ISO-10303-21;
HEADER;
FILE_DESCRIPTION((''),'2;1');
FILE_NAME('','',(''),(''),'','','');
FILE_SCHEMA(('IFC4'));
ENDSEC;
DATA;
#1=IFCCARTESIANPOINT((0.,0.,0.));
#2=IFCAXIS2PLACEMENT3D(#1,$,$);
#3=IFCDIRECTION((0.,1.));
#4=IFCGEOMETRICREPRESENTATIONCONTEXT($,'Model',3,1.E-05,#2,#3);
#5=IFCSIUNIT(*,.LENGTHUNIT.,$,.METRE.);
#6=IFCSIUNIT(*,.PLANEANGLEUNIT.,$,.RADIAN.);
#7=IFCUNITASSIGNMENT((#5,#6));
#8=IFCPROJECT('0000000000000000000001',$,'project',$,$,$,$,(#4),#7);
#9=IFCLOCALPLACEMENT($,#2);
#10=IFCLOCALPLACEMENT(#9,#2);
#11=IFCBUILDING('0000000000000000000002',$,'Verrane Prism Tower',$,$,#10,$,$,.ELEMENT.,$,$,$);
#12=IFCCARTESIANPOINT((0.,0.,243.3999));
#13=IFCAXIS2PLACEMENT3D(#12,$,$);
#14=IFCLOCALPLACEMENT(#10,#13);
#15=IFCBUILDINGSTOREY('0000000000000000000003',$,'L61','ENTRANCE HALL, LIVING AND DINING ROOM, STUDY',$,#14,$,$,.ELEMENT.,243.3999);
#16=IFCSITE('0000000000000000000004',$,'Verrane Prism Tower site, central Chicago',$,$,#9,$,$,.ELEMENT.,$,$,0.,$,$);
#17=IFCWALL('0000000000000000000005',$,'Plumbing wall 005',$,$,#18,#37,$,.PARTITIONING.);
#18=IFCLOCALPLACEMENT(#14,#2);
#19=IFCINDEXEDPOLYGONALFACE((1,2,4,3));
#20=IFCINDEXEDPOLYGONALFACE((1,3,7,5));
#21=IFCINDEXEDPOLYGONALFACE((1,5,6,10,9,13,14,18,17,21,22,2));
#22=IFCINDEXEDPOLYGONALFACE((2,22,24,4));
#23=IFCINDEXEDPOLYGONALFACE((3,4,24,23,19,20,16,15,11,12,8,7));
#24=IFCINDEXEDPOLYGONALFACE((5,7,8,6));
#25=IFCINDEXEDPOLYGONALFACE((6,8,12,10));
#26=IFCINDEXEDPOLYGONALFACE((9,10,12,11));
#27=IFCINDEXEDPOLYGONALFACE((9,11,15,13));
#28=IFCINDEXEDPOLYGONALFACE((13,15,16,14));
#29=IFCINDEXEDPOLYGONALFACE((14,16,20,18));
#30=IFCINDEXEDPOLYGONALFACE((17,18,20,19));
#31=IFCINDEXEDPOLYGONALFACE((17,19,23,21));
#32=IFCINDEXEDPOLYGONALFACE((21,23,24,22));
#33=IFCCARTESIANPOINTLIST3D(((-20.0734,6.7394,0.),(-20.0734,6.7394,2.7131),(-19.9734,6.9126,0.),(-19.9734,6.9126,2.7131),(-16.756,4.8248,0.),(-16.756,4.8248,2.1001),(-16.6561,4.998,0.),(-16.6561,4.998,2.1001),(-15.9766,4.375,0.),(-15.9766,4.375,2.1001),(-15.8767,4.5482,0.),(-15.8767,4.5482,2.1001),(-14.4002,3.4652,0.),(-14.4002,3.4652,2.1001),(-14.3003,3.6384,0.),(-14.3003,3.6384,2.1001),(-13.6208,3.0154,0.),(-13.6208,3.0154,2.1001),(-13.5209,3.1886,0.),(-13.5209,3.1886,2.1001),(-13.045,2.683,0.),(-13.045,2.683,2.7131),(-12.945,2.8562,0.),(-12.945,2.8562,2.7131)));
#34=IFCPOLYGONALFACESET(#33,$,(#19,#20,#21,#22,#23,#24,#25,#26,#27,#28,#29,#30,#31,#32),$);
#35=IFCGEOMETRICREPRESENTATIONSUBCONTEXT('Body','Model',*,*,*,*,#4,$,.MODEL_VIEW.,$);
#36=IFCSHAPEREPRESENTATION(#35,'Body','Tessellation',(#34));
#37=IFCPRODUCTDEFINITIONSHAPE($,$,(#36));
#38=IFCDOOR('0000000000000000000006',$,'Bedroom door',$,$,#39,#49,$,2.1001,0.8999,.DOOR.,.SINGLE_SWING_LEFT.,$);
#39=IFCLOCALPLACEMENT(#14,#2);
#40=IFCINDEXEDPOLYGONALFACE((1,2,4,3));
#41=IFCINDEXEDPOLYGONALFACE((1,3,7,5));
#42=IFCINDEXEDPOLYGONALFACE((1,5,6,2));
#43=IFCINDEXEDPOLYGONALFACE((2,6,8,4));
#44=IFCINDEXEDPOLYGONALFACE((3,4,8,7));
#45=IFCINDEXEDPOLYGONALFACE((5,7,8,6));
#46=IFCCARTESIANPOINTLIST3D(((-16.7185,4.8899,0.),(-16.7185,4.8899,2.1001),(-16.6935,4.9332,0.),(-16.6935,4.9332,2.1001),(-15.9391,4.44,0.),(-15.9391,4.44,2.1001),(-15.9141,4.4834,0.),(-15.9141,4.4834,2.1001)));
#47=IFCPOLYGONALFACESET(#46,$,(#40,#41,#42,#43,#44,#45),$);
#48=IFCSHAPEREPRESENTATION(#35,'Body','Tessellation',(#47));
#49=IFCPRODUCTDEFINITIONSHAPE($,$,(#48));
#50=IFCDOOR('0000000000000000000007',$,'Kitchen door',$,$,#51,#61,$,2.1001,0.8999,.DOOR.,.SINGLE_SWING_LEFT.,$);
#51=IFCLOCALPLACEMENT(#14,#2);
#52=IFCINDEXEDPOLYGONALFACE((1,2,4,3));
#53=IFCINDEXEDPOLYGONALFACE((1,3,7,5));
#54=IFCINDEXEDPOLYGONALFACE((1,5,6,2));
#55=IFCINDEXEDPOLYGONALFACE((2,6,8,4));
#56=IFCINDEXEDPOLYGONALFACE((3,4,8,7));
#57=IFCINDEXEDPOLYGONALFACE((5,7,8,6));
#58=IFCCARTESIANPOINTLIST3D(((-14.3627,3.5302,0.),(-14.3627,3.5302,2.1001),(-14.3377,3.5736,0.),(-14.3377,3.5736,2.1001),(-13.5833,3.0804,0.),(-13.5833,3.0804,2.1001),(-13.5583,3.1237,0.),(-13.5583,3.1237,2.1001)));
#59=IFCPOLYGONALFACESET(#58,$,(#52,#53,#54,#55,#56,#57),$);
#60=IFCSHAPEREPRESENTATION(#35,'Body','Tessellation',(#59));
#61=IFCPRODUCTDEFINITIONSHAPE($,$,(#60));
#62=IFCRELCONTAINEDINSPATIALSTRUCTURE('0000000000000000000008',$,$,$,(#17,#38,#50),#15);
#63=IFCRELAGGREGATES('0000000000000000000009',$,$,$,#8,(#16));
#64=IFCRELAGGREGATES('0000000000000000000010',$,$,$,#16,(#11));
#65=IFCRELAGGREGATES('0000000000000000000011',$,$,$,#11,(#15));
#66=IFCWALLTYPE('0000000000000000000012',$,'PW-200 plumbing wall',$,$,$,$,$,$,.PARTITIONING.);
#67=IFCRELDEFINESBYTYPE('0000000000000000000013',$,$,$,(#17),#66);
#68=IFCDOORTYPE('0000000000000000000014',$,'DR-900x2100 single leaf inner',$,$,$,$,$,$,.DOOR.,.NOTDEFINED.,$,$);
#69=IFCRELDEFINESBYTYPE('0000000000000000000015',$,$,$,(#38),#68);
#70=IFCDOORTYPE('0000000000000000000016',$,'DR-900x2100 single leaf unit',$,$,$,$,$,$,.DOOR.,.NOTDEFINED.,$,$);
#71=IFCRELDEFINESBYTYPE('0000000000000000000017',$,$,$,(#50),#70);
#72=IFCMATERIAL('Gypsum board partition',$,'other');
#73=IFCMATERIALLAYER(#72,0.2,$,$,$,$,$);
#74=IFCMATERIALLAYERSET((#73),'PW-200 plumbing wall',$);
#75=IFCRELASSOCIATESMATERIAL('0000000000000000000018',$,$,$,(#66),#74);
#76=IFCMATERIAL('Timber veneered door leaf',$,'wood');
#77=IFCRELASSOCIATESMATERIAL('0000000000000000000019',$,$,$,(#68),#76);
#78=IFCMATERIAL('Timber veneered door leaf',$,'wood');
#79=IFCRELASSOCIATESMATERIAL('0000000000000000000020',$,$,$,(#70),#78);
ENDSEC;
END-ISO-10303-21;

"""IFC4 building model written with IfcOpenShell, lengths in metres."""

from ifc_helpers import new_model, si_unit, direction, frame, frame_2d, origin, place, context, subcontext, project, spatial, rectangle, extrude, material, layer, layer_set, type_object, element, fill, save


model = new_model("IFC4")

# Units and contexts
model_context = context("Model", 3, precision=1e-05, world=origin(), true_north=direction((0.0, 1.0)))
body_context = subcontext(model_context, "Body", "Model", "MODEL_VIEW")
ifc_project = project(units=[si_unit("LENGTHUNIT", "METRE"), si_unit("PLANEANGLEUNIT", "RADIAN")], contexts=[model_context])

# Site, building, storey
site_placement = place(None, origin())
site = spatial("IfcSite", under=ifc_project, at=site_placement, Name="Verrane Prism Tower site, central Chicago", CompositionType="ELEMENT", RefElevation=0.0)
building_placement = place(site_placement, origin())
building = spatial("IfcBuilding", under=site, at=building_placement, Name="Verrane Prism Tower", CompositionType="ELEMENT")
storey_placement = place(building_placement, frame((0.0, 0.0, 243.3999)))
storey = spatial("IfcBuildingStorey", under=building, at=storey_placement, Name="L61", Description="ENTRANCE HALL, LIVING AND DINING ROOM, STUDY", CompositionType="ELEMENT", Elevation=243.3999)

# Shared definitions
ifc_material_1 = material(Name="Gypsum board partition", Category="other")
ifc_layer_1 = layer(ifc_material_1, 0.2)
ifc_layer_set_1 = layer_set([ifc_layer_1], Name="PW-200 plumbing wall")
wall_type_1 = type_object("IfcWallType", Name="PW-200 plumbing wall", PredefinedType="PARTITIONING", material=ifc_layer_set_1)

# Wall, openings, doors
wall_1_placement = place(storey_placement, frame((-12.9949, 2.7695, 0.0), z_axis=(0.0, 0.0, 1.0), x_axis=(-0.8661, 0.49987, 0.0)))
wall_1 = element("IfcWall", 1, at=wall_1_placement, inside=storey, type_object=wall_type_1, Name="Plumbing wall 005", PredefinedType="PARTITIONING", context=body_context, shape_type="SweptSolid", body=[
    extrude(rectangle(XDim=8.115, YDim=0.2, at=frame_2d((4.0576, 0.0))), origin(), (0.0, 0.0, 1.0), 2.7131),
])
opening_1_placement = place(wall_1_placement, frame((3.385, 0.0, 0.0)))
opening_1 = element("IfcOpeningElement", 2, at=opening_1_placement, cuts=wall_1, PredefinedType="OPENING", context=body_context, shape_type="SweptSolid", body=[
    extrude(rectangle(XDim=0.8999, YDim=2.1001, at=frame_2d((0.45, 1.05))), frame((0.0, 0.1099, 0.0), z_axis=(0.0, -1.0, 0.0), x_axis=(1.0, 0.0, 0.0)), (0.0, 0.0, 1.0), 0.22),
])
opening_2_placement = place(wall_1_placement, frame((0.665, 0.0, 0.0)))
opening_2 = element("IfcOpeningElement", 3, at=opening_2_placement, cuts=wall_1, PredefinedType="OPENING", context=body_context, shape_type="SweptSolid", body=[
    extrude(rectangle(XDim=0.8999, YDim=2.1001, at=frame_2d((0.45, 1.05))), frame((0.0, 0.1099, 0.0), z_axis=(0.0, -1.0, 0.0), x_axis=(1.0, 0.0, 0.0)), (0.0, 0.0, 1.0), 0.22),
])
ifc_material_2 = material(Name="Timber veneered door leaf", Category="wood")
door_type_1 = type_object("IfcDoorType", Name="DR-900x2100 single leaf inner", OperationType="NOTDEFINED", PredefinedType="DOOR", material=ifc_material_2)
door_1_placement = place(opening_1_placement, origin())
door_1 = element("IfcDoor", 4, at=door_1_placement, inside=storey, type_object=door_type_1, Name="Bedroom door", OperationType="SINGLE_SWING_LEFT", OverallHeight=2.1001, OverallWidth=0.8999, PredefinedType="DOOR", context=body_context, shape_type="SweptSolid", body=[
    extrude(rectangle(XDim=0.8999, YDim=2.1001, at=frame_2d((0.45, 1.05))), frame((0.0, 0.0249, 0.0), z_axis=(0.0, -1.0, 0.0), x_axis=(1.0, 0.0, 0.0)), (0.0, 0.0, 1.0), 0.05),
])
fill(opening_1, door_1)
ifc_material_3 = material(Name="Timber veneered door leaf", Category="wood")
door_type_2 = type_object("IfcDoorType", Name="DR-900x2100 single leaf unit", OperationType="NOTDEFINED", PredefinedType="DOOR", material=ifc_material_3)
door_2_placement = place(opening_2_placement, origin())
door_2 = element("IfcDoor", 5, at=door_2_placement, inside=storey, type_object=door_type_2, Name="Kitchen door", OperationType="SINGLE_SWING_LEFT", OverallHeight=2.1001, OverallWidth=0.8999, PredefinedType="DOOR", context=body_context, shape_type="SweptSolid", body=[
    extrude(rectangle(XDim=0.8999, YDim=2.1001, at=frame_2d((0.45, 1.05))), frame((0.0, 0.0249, 0.0), z_axis=(0.0, -1.0, 0.0), x_axis=(1.0, 0.0, 0.0)), (0.0, 0.0, 1.0), 0.05),
])
fill(opening_2, door_2)

save(model, "model.ifc")
